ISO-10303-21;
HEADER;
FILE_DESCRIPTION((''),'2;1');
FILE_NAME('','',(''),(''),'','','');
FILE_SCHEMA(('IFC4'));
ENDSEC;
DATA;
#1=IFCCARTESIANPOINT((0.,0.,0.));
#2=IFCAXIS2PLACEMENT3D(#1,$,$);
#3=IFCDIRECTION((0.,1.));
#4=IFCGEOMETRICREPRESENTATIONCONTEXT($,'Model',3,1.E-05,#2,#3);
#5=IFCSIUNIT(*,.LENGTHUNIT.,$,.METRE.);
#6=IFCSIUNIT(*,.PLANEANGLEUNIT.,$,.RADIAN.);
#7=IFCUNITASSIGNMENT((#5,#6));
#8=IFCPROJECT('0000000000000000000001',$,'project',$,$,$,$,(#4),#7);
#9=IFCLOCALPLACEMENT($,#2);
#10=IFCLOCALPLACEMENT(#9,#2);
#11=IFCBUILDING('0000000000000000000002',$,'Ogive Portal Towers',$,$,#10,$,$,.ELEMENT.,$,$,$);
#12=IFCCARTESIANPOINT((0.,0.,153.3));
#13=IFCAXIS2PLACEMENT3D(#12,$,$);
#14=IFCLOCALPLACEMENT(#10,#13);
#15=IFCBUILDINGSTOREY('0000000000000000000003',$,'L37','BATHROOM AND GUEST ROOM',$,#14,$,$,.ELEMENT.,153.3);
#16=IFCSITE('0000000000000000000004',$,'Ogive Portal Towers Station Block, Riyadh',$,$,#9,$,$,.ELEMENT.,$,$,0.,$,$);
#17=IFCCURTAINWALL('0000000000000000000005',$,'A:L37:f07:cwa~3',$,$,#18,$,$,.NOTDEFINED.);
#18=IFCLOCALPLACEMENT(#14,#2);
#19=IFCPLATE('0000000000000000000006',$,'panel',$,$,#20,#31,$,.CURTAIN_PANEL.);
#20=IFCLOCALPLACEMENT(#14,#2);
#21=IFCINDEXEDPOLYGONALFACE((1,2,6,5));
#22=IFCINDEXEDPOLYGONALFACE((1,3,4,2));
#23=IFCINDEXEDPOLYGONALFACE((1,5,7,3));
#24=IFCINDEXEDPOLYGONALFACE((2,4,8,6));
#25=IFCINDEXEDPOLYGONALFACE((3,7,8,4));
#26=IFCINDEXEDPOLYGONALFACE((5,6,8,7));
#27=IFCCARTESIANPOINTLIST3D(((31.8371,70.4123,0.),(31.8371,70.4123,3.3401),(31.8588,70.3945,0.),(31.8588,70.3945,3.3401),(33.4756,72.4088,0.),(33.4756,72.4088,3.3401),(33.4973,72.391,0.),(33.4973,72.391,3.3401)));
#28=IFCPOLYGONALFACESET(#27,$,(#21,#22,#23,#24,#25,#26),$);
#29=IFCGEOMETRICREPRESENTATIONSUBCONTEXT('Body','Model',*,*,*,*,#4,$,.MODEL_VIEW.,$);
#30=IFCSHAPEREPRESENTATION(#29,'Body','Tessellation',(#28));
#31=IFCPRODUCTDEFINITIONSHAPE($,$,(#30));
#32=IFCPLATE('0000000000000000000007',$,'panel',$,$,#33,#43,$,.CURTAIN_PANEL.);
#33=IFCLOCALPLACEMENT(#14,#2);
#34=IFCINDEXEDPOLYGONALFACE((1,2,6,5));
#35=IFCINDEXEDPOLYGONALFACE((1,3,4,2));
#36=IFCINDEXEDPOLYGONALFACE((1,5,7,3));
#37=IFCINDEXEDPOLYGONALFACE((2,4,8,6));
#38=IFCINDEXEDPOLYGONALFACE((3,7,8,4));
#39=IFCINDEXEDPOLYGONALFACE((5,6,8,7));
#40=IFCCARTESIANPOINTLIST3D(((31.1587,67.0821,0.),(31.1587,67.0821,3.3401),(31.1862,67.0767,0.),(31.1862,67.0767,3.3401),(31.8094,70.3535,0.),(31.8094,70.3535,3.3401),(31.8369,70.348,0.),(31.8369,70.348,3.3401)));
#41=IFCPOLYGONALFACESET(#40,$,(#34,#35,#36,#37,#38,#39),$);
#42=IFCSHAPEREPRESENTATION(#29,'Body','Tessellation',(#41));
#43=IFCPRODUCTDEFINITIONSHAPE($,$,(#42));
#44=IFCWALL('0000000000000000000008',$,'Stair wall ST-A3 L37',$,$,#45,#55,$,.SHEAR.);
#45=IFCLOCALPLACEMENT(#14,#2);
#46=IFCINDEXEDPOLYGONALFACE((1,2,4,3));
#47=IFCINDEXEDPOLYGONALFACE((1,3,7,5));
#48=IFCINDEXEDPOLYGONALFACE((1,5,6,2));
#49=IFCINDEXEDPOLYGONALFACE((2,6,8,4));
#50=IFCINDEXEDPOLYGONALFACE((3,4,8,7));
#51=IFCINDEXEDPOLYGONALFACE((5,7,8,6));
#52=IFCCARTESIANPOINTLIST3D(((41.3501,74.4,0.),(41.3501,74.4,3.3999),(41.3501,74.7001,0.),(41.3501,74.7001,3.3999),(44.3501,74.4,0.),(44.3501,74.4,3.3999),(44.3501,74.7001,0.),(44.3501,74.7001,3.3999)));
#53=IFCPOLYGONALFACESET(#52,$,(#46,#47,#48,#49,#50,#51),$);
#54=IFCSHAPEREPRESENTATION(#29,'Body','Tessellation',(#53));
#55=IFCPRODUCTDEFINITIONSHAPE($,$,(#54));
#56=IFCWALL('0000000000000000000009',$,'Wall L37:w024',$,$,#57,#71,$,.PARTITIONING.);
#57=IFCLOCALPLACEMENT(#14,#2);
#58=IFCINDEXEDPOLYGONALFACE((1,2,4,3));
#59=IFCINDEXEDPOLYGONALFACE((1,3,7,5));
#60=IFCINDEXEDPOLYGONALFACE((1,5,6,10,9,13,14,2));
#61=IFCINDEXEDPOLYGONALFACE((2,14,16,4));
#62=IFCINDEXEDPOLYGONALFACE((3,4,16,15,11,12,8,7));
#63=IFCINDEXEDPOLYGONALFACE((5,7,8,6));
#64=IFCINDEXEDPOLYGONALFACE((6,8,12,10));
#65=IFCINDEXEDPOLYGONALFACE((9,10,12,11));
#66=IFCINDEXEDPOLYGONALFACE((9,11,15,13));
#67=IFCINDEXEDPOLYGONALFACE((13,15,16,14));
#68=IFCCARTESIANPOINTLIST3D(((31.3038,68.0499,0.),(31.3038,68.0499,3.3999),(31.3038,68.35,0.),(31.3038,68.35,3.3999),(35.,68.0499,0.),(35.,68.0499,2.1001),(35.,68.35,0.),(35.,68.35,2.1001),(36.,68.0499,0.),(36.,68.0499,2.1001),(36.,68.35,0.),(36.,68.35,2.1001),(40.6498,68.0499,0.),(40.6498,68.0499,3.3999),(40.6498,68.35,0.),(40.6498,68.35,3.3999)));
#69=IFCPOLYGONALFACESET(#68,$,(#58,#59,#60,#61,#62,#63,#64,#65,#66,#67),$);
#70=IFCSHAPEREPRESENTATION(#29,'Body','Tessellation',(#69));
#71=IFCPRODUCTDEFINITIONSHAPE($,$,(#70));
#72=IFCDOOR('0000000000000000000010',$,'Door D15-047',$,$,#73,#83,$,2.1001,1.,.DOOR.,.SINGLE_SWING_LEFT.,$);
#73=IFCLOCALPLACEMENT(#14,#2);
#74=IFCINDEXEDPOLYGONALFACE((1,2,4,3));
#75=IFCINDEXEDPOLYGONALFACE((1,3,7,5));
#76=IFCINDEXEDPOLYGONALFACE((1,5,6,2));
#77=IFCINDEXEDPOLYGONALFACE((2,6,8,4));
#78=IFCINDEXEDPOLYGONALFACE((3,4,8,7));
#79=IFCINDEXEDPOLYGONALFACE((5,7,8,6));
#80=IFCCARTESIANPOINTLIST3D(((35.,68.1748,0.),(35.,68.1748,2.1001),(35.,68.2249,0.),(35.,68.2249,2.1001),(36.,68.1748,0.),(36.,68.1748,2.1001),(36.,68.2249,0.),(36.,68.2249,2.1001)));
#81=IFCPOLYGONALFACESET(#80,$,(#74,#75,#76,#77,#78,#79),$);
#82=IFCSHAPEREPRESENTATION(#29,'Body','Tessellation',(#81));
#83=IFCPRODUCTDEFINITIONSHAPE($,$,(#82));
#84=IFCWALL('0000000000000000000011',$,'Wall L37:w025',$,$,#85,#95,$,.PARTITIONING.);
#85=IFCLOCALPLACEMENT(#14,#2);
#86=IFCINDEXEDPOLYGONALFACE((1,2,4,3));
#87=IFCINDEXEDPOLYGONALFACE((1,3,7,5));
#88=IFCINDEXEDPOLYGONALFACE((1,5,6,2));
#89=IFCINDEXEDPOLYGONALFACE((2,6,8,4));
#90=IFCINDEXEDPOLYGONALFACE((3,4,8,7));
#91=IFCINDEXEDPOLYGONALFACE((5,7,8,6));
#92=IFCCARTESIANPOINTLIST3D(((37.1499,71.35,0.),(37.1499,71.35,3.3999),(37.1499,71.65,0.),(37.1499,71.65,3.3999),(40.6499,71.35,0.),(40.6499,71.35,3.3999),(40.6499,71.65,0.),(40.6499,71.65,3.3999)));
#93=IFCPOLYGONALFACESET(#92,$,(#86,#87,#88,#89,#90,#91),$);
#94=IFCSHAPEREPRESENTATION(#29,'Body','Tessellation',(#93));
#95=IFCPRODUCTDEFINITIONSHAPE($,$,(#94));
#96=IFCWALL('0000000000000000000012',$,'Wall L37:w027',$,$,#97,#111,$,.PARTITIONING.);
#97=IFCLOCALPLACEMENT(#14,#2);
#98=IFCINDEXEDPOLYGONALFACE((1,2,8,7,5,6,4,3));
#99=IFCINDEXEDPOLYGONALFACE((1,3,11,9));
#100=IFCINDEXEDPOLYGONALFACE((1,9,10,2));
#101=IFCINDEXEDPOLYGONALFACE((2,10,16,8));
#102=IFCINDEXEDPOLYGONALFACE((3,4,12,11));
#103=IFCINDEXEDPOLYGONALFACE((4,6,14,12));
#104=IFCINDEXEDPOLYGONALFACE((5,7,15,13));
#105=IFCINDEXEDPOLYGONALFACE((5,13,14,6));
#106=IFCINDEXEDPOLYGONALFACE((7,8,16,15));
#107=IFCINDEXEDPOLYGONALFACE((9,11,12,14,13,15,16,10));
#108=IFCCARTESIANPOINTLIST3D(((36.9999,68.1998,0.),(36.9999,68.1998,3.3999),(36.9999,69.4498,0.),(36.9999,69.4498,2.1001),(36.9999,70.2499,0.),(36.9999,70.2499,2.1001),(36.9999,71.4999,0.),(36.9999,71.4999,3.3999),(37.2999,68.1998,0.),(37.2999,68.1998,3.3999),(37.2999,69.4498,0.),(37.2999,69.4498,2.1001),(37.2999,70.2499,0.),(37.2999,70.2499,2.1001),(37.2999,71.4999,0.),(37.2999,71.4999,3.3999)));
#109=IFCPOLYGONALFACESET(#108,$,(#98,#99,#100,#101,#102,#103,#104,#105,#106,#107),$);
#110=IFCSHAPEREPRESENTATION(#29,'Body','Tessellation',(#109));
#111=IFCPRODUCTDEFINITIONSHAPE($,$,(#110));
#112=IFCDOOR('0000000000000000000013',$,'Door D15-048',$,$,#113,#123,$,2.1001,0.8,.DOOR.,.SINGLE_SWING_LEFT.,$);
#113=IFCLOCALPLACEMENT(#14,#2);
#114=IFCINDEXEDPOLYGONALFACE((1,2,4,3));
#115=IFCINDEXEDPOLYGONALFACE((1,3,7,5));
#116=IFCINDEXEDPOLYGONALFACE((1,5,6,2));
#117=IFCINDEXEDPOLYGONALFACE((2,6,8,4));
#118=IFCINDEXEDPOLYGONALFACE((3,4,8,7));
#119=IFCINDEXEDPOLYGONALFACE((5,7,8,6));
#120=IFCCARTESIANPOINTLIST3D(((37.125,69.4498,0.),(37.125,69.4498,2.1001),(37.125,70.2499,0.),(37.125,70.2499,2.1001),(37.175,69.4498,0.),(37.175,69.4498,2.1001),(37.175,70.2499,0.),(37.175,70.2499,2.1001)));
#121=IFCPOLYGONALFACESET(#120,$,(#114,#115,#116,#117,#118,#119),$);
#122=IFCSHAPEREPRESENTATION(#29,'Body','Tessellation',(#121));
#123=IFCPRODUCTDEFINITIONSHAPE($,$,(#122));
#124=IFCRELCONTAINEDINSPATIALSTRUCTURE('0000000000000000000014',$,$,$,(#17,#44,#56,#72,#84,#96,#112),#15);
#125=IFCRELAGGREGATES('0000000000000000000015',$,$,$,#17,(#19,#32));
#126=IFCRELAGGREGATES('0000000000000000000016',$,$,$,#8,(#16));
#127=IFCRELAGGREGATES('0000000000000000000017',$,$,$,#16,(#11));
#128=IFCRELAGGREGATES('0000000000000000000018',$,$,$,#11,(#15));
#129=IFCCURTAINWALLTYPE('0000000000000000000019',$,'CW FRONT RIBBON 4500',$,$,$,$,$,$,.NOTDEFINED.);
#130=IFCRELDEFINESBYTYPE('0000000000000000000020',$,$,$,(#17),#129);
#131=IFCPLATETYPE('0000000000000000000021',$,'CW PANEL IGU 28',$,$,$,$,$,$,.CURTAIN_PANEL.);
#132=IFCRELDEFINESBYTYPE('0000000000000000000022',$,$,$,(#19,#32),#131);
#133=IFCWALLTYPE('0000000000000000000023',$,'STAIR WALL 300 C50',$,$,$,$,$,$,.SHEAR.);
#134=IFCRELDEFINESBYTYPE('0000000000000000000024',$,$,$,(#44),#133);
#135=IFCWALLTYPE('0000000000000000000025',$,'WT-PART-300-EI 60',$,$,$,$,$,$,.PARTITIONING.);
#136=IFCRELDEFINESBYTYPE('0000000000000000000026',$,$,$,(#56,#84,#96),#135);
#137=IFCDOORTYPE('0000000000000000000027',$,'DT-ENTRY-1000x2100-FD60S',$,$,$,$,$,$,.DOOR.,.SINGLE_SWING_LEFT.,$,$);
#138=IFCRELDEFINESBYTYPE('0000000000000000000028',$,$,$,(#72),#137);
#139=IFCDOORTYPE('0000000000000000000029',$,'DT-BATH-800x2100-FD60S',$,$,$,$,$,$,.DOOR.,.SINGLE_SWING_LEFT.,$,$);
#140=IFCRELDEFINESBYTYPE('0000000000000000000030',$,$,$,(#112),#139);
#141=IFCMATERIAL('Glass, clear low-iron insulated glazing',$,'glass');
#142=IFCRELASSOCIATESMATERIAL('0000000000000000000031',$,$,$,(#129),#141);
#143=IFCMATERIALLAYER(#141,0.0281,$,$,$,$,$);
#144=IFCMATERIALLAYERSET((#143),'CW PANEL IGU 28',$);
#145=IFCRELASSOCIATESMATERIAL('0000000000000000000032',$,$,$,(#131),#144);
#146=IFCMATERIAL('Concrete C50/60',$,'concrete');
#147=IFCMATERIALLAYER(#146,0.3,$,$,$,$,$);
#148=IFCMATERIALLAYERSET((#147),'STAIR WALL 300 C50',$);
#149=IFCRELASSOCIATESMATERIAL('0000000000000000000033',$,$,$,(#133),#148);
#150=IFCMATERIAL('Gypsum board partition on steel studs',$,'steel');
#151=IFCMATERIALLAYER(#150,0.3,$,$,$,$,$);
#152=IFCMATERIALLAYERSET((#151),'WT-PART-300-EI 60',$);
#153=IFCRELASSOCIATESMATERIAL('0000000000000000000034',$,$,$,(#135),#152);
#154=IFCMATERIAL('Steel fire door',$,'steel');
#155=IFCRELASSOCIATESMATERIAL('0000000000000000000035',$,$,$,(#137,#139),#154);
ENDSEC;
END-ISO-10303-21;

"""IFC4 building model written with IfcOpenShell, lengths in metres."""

from ifc_helpers import new_model, si_unit, direction, frame, frame_2d, origin, origin_2d, place, context, subcontext, project, spatial, rectangle, extrude, material, layer, layer_set, type_object, element, fill, aggregate, save


model = new_model("IFC4")

# Units and contexts
model_context = context("Model", 3, precision=1e-05, world=origin(), true_north=direction((0.0, 1.0)))
body_context = subcontext(model_context, "Body", "Model", "MODEL_VIEW")
ifc_project = project(units=[si_unit("LENGTHUNIT", "METRE"), si_unit("PLANEANGLEUNIT", "RADIAN")], contexts=[model_context])

# Site, building, storey
site_placement = place(None, origin())
site = spatial("IfcSite", under=ifc_project, at=site_placement, Name="Ogive Portal Towers Station Block, Riyadh", CompositionType="ELEMENT", RefElevation=0.0)
building_placement = place(site_placement, origin())
building = spatial("IfcBuilding", under=site, at=building_placement, Name="Ogive Portal Towers", CompositionType="ELEMENT")
storey_placement = place(building_placement, frame((0.0, 0.0, 153.3)))
storey = spatial("IfcBuildingStorey", under=building, at=storey_placement, Name="L37", Description="BATHROOM AND GUEST ROOM", CompositionType="ELEMENT", Elevation=153.3)

# Shared definitions
ifc_material_1 = material(Name="Glass, clear low-iron insulated glazing", Category="glass")
curtain_wall_type = type_object("IfcCurtainWallType", Name="CW FRONT RIBBON 4500", PredefinedType="NOTDEFINED", material=ifc_material_1)

# Curtain wall
curtain_wall_1_placement = place(storey_placement, origin())
curtain_wall_1 = element("IfcCurtainWall", 1, at=curtain_wall_1_placement, inside=storey, type_object=curtain_wall_type, Name="A:L37:f07:cwa~3", PredefinedType="NOTDEFINED")

# Plates
ifc_layer_1 = layer(ifc_material_1, 0.0281)
ifc_layer_set_1 = layer_set([ifc_layer_1], Name="CW PANEL IGU 28")
plate_type = type_object("IfcPlateType", Name="CW PANEL IGU 28", PredefinedType="CURTAIN_PANEL", material=ifc_layer_set_1)
plate_1_placement = place(storey_placement, frame((32.6672, 71.4016, 0.0), z_axis=(0.0, 0.0, 1.0), x_axis=(-0.634393, -0.77301, 0.0)))
plate_1 = element("IfcPlate", 2, at=plate_1_placement, type_object=plate_type, Name="panel", PredefinedType="CURTAIN_PANEL", context=body_context, shape_type="SweptSolid", body=[
    extrude(rectangle(XDim=2.5828, YDim=0.0281, at=origin_2d()), origin(), (0.0, 0.0, 1.0), 3.3401),
])
plate_2_placement = place(storey_placement, frame((31.4978, 68.7151, 0.0), z_axis=(0.0, 0.0, 1.0), x_axis=(-0.19509, -0.980785, 0.0)))
plate_2 = element("IfcPlate", 3, at=plate_2_placement, type_object=plate_type, Name="panel", PredefinedType="CURTAIN_PANEL", context=body_context, shape_type="SweptSolid", body=[
    extrude(rectangle(XDim=3.3354, YDim=0.0281, at=origin_2d()), origin(), (0.0, 0.0, 1.0), 3.3401),
])
aggregate(curtain_wall_1, [plate_1, plate_2])

# Wall
ifc_material_2 = material(Name="Concrete C50/60", Category="concrete")
ifc_layer_2 = layer(ifc_material_2, 0.3)
ifc_layer_set_2 = layer_set([ifc_layer_2], Name="STAIR WALL 300 C50")
wall_type_1 = type_object("IfcWallType", Name="STAIR WALL 300 C50", PredefinedType="SHEAR", material=ifc_layer_set_2)
wall_1_placement = place(storey_placement, frame((41.3501, 74.55, 0.0), z_axis=(0.0, 0.0, 1.0), x_axis=(1.0, 0.0, 0.0)))
element("IfcWall", 4, at=wall_1_placement, inside=storey, type_object=wall_type_1, Name="Stair wall ST-A3 L37", PredefinedType="SHEAR", context=body_context, shape_type="SweptSolid", body=[
    extrude(rectangle(XDim=3.0, YDim=0.3, at=frame_2d((1.5, 0.0))), origin(), (0.0, 0.0, 1.0), 3.3999),
])

# Wall, opening, door
ifc_material_3 = material(Name="Gypsum board partition on steel studs", Category="steel")
ifc_layer_3 = layer(ifc_material_3, 0.3)
ifc_layer_set_3 = layer_set([ifc_layer_3], Name="WT-PART-300-EI 60")
wall_type_2 = type_object("IfcWallType", Name="WT-PART-300-EI 60", PredefinedType="PARTITIONING", material=ifc_layer_set_3)
wall_2_placement = place(storey_placement, frame((31.304, 68.2, 0.0), z_axis=(0.0, 0.0, 1.0), x_axis=(1.0, 0.0, 0.0)))
wall_2 = element("IfcWall", 5, at=wall_2_placement, inside=storey, type_object=wall_type_2, Name="Wall L37:w024", PredefinedType="PARTITIONING", context=body_context, shape_type="SweptSolid", body=[
    extrude(rectangle(XDim=9.3459, YDim=0.3, at=frame_2d((4.6729, 0.0))), origin(), (0.0, 0.0, 1.0), 3.3999),
])
opening_1_placement = place(wall_2_placement, frame((3.696, 0.0, 0.0)))
opening_1 = element("IfcOpeningElement", 6, at=opening_1_placement, cuts=wall_2, PredefinedType="OPENING", context=body_context, shape_type="SweptSolid", body=[
    extrude(rectangle(XDim=1.0, YDim=2.1001, at=frame_2d((0.5, 1.05))), frame((0.0, 0.1602, 0.0), z_axis=(0.0, -1.0, 0.0), x_axis=(1.0, 0.0, 0.0)), (0.0, 0.0, 1.0), 0.3201),
])
ifc_material_4 = material(Name="Steel fire door", Category="steel")
door_type_1 = type_object("IfcDoorType", Name="DT-ENTRY-1000x2100-FD60S", OperationType="SINGLE_SWING_LEFT", PredefinedType="DOOR", material=ifc_material_4)
door_1_placement = place(opening_1_placement, origin())
door_1 = element("IfcDoor", 7, at=door_1_placement, inside=storey, type_object=door_type_1, Name="Door D15-047", OperationType="SINGLE_SWING_LEFT", OverallHeight=2.1001, OverallWidth=1.0, PredefinedType="DOOR", context=body_context, shape_type="SweptSolid", body=[
    extrude(rectangle(XDim=1.0, YDim=2.1001, at=frame_2d((0.5, 1.05))), frame((0.0, 0.0249, 0.0), z_axis=(0.0, -1.0, 0.0), x_axis=(1.0, 0.0, 0.0)), (0.0, 0.0, 1.0), 0.05),
])
fill(opening_1, door_1)

# Wall
wall_3_placement = place(storey_placement, frame((37.1499, 71.5, 0.0), z_axis=(0.0, 0.0, 1.0), x_axis=(1.0, 0.0, 0.0)))
element("IfcWall", 8, at=wall_3_placement, inside=storey, type_object=wall_type_2, Name="Wall L37:w025", PredefinedType="PARTITIONING", context=body_context, shape_type="SweptSolid", body=[
    extrude(rectangle(XDim=3.5, YDim=0.3, at=frame_2d((1.75, 0.0))), origin(), (0.0, 0.0, 1.0), 3.3999),
])

# Wall, opening, door
wall_4_placement = place(storey_placement, frame((37.1499, 68.2, 0.0), z_axis=(0.0, 0.0, 1.0), x_axis=(0.0, 1.0, 0.0)))
wall_4 = element("IfcWall", 9, at=wall_4_placement, inside=storey, type_object=wall_type_2, Name="Wall L37:w027", PredefinedType="PARTITIONING", context=body_context, shape_type="SweptSolid", body=[
    extrude(rectangle(XDim=3.3, YDim=0.3, at=frame_2d((1.6499, 0.0))), origin(), (0.0, 0.0, 1.0), 3.3999),
])
opening_2_placement = place(wall_4_placement, frame((1.25, 0.0, 0.0)))
opening_2 = element("IfcOpeningElement", 10, at=opening_2_placement, cuts=wall_4, PredefinedType="OPENING", context=body_context, shape_type="SweptSolid", body=[
    extrude(rectangle(XDim=0.8, YDim=2.1001, at=frame_2d((0.3999, 1.05))), frame((0.0, 0.1602, 0.0), z_axis=(0.0, -1.0, 0.0), x_axis=(1.0, 0.0, 0.0)), (0.0, 0.0, 1.0), 0.3201),
])
door_type_2 = type_object("IfcDoorType", Name="DT-BATH-800x2100-FD60S", OperationType="SINGLE_SWING_LEFT", PredefinedType="DOOR", material=ifc_material_4)
door_2_placement = place(opening_2_placement, origin())
door_2 = element("IfcDoor", 11, at=door_2_placement, inside=storey, type_object=door_type_2, Name="Door D15-048", OperationType="SINGLE_SWING_LEFT", OverallHeight=2.1001, OverallWidth=0.8, PredefinedType="DOOR", context=body_context, shape_type="SweptSolid", body=[
    extrude(rectangle(XDim=0.8, YDim=2.1001, at=frame_2d((0.3999, 1.05))), frame((0.0, 0.0249, 0.0), z_axis=(0.0, -1.0, 0.0), x_axis=(1.0, 0.0, 0.0)), (0.0, 0.0, 1.0), 0.05),
])
fill(opening_2, door_2)

save(model, "model.ifc")
